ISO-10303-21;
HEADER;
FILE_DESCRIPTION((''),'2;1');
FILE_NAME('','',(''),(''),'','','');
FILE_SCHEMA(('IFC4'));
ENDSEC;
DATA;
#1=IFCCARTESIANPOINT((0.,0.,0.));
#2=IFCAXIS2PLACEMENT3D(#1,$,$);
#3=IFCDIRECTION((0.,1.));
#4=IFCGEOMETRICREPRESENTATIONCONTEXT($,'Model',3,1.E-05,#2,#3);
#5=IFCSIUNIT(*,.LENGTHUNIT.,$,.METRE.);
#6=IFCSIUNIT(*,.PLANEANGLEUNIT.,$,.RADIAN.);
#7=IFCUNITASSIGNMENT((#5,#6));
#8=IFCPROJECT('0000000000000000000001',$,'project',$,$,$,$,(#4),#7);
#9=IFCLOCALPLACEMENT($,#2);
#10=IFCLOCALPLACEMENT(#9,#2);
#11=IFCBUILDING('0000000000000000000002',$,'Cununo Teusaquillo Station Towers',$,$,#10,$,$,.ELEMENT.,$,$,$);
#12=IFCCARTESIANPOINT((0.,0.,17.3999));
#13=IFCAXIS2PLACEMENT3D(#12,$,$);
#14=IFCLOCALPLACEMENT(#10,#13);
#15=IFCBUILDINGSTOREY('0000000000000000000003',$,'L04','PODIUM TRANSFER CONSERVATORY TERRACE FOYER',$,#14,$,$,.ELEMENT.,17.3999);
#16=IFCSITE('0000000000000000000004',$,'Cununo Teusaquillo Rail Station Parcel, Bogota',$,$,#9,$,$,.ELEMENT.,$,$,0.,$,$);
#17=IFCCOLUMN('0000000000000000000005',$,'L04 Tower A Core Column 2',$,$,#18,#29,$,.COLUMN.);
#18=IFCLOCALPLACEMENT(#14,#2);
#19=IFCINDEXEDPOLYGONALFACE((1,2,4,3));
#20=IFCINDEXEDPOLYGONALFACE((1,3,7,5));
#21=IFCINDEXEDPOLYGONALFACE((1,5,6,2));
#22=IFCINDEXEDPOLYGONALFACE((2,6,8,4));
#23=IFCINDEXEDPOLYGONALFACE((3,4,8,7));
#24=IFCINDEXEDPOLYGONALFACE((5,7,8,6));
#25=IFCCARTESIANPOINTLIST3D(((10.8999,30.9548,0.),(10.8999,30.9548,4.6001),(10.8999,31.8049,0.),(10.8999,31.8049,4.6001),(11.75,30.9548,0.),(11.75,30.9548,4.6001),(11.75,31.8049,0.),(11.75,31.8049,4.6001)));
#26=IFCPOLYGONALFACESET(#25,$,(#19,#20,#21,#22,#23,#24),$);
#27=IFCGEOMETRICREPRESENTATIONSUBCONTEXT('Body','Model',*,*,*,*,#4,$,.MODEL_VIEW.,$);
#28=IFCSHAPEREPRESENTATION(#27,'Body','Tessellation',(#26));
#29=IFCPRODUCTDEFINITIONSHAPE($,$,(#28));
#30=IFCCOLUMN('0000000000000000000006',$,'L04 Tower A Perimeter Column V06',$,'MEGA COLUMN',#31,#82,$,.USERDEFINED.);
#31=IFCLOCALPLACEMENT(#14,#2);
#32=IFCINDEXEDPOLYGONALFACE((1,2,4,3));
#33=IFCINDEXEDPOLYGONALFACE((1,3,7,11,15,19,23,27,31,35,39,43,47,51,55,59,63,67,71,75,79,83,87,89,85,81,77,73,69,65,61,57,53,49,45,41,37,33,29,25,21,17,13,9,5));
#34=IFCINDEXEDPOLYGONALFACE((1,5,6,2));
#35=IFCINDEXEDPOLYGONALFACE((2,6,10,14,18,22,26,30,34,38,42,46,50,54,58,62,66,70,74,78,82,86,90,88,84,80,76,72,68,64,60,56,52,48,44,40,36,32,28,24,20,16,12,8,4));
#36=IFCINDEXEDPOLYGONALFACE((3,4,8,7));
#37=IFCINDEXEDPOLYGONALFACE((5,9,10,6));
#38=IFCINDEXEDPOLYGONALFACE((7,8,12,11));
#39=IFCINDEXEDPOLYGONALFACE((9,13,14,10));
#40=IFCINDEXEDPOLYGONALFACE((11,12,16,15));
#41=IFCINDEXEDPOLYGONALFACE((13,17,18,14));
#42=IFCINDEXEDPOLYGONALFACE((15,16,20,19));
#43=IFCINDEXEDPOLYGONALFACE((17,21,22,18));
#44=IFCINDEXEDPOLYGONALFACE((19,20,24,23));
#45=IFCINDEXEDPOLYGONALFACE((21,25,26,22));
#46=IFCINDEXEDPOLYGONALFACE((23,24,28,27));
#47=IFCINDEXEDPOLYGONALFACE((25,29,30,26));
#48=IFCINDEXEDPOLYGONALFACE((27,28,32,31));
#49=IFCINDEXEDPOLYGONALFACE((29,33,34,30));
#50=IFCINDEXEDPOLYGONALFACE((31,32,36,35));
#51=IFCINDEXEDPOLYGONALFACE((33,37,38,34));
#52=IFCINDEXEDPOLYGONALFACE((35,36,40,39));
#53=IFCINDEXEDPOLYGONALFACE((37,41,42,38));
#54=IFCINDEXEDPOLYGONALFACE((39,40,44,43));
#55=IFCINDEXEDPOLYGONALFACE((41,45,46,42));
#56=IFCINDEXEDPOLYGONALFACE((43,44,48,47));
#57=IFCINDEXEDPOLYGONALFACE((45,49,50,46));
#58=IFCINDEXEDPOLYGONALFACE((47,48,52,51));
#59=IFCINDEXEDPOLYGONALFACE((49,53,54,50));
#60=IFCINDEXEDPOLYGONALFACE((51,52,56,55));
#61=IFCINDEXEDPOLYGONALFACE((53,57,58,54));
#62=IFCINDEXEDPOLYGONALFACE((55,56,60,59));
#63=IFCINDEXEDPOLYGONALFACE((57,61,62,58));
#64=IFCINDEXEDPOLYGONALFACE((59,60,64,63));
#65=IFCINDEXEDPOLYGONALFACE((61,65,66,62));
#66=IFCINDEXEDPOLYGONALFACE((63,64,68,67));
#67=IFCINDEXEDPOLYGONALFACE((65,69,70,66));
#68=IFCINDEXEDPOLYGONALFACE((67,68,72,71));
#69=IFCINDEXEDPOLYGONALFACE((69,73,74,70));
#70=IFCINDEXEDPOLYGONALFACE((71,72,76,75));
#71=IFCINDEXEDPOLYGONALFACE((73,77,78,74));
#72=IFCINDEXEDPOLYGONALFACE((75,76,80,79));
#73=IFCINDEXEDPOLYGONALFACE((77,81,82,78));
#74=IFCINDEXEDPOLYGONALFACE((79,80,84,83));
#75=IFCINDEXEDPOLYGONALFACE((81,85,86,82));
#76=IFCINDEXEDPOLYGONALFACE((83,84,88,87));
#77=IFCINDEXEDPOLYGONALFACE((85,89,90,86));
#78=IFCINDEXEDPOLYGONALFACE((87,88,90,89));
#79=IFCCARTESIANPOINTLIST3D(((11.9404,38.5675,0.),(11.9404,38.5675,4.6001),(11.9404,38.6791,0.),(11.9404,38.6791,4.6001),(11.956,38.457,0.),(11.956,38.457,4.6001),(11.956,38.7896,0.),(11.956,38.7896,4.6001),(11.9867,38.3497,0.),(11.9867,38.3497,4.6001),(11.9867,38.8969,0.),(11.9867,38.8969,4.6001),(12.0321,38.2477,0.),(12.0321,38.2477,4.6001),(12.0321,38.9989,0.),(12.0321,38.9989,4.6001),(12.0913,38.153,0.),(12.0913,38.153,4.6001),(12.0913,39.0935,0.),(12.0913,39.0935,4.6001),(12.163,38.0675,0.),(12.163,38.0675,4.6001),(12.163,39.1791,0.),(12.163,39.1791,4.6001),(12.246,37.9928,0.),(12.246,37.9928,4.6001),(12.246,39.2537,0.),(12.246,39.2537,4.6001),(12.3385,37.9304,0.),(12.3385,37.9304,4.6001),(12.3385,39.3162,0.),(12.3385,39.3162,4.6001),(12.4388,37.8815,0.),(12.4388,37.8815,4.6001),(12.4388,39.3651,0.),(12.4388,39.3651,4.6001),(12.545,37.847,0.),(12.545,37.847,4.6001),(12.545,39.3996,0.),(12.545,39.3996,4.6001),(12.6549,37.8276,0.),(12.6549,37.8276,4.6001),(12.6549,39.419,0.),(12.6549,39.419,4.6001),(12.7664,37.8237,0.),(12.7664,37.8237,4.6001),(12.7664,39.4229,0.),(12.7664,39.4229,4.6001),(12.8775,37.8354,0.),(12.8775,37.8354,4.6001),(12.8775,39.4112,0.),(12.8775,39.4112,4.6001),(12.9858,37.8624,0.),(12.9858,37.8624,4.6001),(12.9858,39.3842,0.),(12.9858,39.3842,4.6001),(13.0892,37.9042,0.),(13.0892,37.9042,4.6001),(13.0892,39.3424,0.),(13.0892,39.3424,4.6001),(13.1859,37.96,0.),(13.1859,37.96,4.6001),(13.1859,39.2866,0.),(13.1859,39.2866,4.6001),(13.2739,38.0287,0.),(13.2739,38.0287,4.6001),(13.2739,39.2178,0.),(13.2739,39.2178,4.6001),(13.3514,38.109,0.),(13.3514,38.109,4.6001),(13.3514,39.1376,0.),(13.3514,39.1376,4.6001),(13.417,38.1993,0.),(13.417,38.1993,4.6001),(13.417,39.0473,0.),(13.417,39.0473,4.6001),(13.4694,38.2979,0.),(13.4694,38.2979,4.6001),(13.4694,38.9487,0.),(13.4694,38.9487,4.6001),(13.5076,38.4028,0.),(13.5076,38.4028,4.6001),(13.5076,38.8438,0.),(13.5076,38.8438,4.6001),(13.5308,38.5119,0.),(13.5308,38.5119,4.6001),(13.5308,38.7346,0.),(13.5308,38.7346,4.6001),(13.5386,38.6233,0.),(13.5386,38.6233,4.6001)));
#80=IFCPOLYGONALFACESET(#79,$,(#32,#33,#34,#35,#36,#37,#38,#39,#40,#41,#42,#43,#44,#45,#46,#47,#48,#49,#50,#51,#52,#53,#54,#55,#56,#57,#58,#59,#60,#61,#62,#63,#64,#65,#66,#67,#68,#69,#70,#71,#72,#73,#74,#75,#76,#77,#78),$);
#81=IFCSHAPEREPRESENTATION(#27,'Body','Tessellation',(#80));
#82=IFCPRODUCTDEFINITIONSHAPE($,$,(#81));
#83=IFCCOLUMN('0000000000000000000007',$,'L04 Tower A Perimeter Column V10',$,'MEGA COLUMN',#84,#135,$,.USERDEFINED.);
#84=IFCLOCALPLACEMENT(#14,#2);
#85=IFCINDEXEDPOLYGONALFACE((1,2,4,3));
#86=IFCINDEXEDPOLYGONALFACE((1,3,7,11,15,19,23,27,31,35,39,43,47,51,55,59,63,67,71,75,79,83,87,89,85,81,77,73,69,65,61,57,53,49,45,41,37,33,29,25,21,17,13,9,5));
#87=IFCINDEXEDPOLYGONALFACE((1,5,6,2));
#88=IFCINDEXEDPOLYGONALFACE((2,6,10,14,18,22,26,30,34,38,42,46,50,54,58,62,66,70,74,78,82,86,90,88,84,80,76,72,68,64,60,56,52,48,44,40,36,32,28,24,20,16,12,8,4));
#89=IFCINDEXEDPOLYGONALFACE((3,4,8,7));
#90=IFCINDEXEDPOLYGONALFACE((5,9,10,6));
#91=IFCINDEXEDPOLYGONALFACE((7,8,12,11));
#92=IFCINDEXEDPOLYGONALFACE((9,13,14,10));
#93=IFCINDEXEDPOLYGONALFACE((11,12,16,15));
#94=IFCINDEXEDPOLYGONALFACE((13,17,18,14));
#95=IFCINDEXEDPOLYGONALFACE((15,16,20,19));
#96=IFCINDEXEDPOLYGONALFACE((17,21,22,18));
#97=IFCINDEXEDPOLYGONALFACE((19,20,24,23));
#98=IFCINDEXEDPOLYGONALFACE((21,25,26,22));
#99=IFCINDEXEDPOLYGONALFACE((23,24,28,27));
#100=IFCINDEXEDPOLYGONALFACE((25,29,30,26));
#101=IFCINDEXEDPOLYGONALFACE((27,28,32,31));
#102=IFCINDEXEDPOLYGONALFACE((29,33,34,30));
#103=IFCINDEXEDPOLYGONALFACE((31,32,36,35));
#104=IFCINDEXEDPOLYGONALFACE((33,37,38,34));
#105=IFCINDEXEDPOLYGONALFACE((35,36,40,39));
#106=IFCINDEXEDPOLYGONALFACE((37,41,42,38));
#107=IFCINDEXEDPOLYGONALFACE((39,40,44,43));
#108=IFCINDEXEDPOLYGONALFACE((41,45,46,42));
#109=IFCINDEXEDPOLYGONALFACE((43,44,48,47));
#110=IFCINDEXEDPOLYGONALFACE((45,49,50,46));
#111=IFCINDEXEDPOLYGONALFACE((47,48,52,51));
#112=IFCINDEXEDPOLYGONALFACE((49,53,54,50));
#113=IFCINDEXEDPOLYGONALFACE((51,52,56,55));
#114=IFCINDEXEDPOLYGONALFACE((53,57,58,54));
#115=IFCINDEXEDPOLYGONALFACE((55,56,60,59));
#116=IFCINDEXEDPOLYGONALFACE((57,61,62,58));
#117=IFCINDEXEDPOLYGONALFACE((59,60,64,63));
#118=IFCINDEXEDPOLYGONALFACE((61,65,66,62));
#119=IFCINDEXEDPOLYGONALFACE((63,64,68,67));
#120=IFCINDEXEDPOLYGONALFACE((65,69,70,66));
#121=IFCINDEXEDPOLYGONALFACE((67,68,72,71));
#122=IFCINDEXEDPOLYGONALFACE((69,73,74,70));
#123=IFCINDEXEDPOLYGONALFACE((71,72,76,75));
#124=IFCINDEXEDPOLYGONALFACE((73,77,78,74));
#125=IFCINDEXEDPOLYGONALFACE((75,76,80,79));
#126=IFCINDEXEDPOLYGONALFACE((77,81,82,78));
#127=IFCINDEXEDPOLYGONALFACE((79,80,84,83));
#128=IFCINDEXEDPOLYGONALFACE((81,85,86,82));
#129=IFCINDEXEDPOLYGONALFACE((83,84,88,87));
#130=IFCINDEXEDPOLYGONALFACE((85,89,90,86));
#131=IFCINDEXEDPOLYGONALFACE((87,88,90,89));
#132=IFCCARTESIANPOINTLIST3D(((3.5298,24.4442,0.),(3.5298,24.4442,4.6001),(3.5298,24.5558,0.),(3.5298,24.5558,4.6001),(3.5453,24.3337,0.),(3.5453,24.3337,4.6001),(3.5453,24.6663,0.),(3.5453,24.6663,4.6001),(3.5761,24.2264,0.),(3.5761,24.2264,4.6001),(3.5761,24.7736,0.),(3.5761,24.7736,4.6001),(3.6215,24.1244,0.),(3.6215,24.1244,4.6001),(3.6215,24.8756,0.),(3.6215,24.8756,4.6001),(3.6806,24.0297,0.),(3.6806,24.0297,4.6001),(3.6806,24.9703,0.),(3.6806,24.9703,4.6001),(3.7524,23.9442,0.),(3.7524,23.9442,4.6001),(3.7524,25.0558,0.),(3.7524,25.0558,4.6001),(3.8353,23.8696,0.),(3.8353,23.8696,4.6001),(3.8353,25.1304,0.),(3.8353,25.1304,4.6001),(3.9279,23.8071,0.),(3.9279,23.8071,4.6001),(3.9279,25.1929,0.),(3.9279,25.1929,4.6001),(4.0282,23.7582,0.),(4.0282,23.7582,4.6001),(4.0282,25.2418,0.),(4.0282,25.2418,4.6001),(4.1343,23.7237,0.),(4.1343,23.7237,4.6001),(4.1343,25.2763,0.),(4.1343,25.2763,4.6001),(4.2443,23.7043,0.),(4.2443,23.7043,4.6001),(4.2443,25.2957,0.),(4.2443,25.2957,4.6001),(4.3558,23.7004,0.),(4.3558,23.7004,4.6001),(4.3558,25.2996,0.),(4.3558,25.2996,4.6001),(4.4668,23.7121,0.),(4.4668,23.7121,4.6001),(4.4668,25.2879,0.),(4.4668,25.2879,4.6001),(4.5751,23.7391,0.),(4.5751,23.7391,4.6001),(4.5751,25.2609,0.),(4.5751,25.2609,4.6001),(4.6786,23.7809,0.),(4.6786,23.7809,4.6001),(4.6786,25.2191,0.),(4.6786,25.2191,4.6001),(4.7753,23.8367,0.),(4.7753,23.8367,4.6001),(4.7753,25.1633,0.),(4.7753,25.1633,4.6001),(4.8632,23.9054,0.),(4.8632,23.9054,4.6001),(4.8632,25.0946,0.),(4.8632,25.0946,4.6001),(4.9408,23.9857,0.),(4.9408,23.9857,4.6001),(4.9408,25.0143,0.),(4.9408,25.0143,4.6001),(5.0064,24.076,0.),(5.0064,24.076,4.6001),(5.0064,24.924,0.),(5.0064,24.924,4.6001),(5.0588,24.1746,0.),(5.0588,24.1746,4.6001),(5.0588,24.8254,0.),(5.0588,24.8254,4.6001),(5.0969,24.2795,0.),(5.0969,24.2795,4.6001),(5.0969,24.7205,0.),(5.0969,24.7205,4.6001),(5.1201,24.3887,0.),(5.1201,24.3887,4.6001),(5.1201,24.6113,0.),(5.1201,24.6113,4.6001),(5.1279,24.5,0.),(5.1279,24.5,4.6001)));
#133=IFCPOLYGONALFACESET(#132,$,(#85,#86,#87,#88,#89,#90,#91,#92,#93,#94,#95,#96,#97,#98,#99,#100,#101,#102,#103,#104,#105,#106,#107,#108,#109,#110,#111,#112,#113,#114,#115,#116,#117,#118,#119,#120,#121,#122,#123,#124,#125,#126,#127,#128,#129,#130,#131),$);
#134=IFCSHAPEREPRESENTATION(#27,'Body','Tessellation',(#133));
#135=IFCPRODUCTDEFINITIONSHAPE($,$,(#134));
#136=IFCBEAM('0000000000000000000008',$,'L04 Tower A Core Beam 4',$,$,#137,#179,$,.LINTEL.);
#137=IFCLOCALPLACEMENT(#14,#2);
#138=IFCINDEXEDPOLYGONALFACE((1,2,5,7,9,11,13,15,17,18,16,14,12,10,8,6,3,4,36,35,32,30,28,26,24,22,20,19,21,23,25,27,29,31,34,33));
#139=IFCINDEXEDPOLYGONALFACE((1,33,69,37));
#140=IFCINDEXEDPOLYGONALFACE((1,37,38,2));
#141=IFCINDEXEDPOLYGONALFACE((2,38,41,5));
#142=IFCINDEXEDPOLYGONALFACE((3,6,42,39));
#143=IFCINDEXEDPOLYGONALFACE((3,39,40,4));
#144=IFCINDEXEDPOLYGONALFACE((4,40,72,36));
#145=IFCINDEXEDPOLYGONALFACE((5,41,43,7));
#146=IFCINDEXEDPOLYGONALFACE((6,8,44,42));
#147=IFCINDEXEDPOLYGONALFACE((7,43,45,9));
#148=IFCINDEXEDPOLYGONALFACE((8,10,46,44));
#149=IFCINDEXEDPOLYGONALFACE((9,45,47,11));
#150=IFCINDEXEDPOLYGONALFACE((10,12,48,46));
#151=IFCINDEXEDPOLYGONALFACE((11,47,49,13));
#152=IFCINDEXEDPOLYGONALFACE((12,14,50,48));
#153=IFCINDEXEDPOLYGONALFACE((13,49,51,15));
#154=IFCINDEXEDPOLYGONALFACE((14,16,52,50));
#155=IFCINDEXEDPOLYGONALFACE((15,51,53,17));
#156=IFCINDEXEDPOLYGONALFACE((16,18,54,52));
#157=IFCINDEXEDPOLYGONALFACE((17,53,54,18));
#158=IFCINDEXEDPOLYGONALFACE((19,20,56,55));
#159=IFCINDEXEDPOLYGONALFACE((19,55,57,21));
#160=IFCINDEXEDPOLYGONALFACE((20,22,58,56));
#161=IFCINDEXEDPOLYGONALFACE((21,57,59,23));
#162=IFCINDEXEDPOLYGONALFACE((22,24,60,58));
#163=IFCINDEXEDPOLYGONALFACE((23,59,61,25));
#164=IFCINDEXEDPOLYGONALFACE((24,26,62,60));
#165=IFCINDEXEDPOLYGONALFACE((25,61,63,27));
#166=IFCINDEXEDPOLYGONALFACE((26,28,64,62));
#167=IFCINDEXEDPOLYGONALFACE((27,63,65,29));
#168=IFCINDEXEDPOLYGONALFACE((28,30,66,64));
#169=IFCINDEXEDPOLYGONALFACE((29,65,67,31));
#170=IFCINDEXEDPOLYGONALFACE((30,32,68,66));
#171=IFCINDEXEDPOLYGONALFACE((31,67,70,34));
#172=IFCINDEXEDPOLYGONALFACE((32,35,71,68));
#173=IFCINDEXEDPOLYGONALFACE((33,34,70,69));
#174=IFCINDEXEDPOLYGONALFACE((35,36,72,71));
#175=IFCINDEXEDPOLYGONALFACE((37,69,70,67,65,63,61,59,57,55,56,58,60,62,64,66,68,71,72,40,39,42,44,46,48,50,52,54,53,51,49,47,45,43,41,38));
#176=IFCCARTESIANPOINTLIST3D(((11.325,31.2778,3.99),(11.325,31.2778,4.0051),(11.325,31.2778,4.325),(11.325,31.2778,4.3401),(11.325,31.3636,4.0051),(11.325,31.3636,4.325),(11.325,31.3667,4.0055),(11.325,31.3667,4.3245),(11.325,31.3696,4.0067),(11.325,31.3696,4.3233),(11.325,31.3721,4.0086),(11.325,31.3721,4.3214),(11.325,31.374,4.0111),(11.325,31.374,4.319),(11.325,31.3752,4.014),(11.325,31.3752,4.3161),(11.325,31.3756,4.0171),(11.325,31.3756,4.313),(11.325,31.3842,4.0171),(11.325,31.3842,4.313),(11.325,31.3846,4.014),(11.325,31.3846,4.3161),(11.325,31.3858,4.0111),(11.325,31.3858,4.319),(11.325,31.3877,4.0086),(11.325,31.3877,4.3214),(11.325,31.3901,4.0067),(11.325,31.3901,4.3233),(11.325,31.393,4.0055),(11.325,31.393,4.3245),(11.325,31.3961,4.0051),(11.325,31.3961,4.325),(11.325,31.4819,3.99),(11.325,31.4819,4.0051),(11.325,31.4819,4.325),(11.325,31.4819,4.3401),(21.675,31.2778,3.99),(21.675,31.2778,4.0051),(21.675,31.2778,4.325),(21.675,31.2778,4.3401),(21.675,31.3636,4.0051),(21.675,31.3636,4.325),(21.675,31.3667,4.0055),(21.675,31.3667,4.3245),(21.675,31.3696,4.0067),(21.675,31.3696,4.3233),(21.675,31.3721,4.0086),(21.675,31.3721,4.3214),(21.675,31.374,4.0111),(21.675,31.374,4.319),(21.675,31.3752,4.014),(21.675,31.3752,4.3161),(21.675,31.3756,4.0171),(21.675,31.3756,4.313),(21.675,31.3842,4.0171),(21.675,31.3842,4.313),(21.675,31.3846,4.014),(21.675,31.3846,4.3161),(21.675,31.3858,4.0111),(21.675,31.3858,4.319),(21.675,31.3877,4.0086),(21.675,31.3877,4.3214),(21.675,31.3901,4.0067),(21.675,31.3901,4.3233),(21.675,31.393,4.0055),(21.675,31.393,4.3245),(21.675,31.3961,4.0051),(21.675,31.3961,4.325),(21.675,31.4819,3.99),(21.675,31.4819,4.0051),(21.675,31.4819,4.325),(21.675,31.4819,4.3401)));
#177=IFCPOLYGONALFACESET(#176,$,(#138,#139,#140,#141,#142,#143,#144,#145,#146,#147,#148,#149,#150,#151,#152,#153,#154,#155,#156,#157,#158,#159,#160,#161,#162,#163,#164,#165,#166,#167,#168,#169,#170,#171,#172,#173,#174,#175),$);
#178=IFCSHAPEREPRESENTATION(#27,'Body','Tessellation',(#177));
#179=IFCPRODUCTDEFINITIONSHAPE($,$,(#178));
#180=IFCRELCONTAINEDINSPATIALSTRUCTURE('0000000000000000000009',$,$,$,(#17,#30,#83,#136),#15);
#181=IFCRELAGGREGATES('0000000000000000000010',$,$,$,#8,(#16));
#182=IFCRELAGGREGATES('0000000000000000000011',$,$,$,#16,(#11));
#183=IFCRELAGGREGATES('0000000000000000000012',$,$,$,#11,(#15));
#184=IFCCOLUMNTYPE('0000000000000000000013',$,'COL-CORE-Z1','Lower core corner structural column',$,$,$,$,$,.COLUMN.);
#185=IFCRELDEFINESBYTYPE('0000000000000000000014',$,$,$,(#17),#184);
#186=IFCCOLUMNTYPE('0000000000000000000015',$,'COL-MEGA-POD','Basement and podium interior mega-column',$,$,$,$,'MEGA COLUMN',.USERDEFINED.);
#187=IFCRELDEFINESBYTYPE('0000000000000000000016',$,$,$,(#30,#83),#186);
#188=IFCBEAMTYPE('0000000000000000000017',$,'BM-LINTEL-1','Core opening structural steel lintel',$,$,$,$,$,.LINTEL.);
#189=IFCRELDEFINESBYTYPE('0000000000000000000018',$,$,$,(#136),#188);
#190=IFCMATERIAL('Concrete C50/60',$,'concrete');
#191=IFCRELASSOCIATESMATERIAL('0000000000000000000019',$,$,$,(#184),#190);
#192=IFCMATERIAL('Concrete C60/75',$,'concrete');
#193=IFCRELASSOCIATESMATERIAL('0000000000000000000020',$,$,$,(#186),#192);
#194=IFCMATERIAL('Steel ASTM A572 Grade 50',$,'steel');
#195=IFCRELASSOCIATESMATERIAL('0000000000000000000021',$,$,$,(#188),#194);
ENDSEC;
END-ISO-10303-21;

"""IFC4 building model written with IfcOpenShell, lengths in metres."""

from ifc_helpers import new_model, si_unit, direction, frame, origin, origin_2d, place, context, subcontext, project, spatial, rectangle, circle, i_section, extrude, material, material_profile, profile_set, type_object, element, save


model = new_model("IFC4")

# Units and contexts
model_context = context("Model", 3, precision=1e-05, world=origin(), true_north=direction((0.0, 1.0)))
body_context = subcontext(model_context, "Body", "Model", "MODEL_VIEW")
ifc_project = project(units=[si_unit("LENGTHUNIT", "METRE"), si_unit("PLANEANGLEUNIT", "RADIAN")], contexts=[model_context])

# Site, building, storey
site_placement = place(None, origin())
site = spatial("IfcSite", under=ifc_project, at=site_placement, Name="Cununo Teusaquillo Rail Station Parcel, Bogota", CompositionType="ELEMENT", RefElevation=0.0)
building_placement = place(site_placement, origin())
building = spatial("IfcBuilding", under=site, at=building_placement, Name="Cununo Teusaquillo Station Towers", CompositionType="ELEMENT")
storey_placement = place(building_placement, frame((0.0, 0.0, 17.3999)))
storey = spatial("IfcBuildingStorey", under=building, at=storey_placement, Name="L04", Description="PODIUM TRANSFER CONSERVATORY TERRACE FOYER", CompositionType="ELEMENT", Elevation=17.3999)

# Columns
ifc_material_1 = material(Name="Concrete C50/60", Category="concrete")
ifc_material_profile_1 = material_profile(ifc_material_1, rectangle(XDim=0.8501, YDim=0.8501, at=origin_2d()), Name="RC-RECT-850x850")
ifc_profile_set_1 = profile_set([ifc_material_profile_1], Name="Concrete C50/60")
column_type_1 = type_object("IfcColumnType", Name="COL-CORE-Z1", Description="Lower core corner structural column", PredefinedType="COLUMN", material=ifc_profile_set_1)
column_placement = place(storey_placement, frame((11.325, 31.3799, 0.0), z_axis=(0.0, 0.0, 1.0), x_axis=(1.0, 0.0, 0.0)))
element("IfcColumn", 1, at=column_placement, inside=storey, type_object=column_type_1, Name="L04 Tower A Core Column 2", PredefinedType="COLUMN", context=body_context, shape_type="SweptSolid", body=[
    extrude(rectangle(XDim=0.8501, YDim=0.8501, at=origin_2d()), origin(), (0.0, 0.0, 1.0), 4.6001),
])
ifc_material_2 = material(Name="Concrete C60/75", Category="concrete")
ifc_material_profile_2 = material_profile(ifc_material_2, circle(Radius=0.8, at=origin_2d()), Name="RC-CIRC-1600")
ifc_profile_set_2 = profile_set([ifc_material_profile_2], Name="Concrete C60/75")
column_type_2 = type_object("IfcColumnType", Name="COL-MEGA-POD", Description="Basement and podium interior mega-column", ElementType="MEGA COLUMN", PredefinedType="USERDEFINED", material=ifc_profile_set_2)
for number, where, z_axis, x_axis, name in (
    (2, (12.7385, 38.6233, 0.0), (0.0, 0.0, 1.0), (1.0, 0.0, 0.0), "L04 Tower A Perimeter Column V06"),
    (3, (4.3279, 24.5, 0.0), (0.0, 0.0, 1.0), (1.0, 0.0, 0.0), "L04 Tower A Perimeter Column V10"),
):
    element("IfcColumn", number, at=place(storey_placement, frame(where, z_axis=z_axis, x_axis=x_axis)), inside=storey, type_object=column_type_2, Name=name, ObjectType="MEGA COLUMN", PredefinedType="USERDEFINED", context=body_context, shape_type="SweptSolid", body=[
        extrude(circle(Radius=0.8, at=origin_2d()), origin(), (0.0, 0.0, 1.0), 4.6001),
    ])

# Beam
ifc_material_3 = material(Name="Steel ASTM A572 Grade 50", Category="steel")
ifc_material_profile_3 = material_profile(ifc_material_3, i_section(OverallWidth=0.2041, OverallDepth=0.3501, WebThickness=0.0085, FlangeThickness=0.0151, FilletRadius=0.012, at=origin_2d()), Name="W14X48")
ifc_profile_set_3 = profile_set([ifc_material_profile_3], Name="Steel ASTM A572 Grade 50")
beam_type_1 = type_object("IfcBeamType", Name="BM-LINTEL-1", Description="Core opening structural steel lintel", PredefinedType="LINTEL", material=ifc_profile_set_3)
beam_1_placement = place(storey_placement, frame((11.325, 31.3799, 4.165), z_axis=(1.0, 0.0, 0.0), x_axis=(0.0, 1.0, 0.0)))
element("IfcBeam", 4, at=beam_1_placement, inside=storey, type_object=beam_type_1, Name="L04 Tower A Core Beam 4", PredefinedType="LINTEL", context=body_context, shape_type="SweptSolid", body=[
    extrude(i_section(OverallWidth=0.2041, OverallDepth=0.3501, WebThickness=0.0085, FlangeThickness=0.0151, FilletRadius=0.012, at=origin_2d()), origin(), (0.0, 0.0, 1.0), 10.3501),
])

save(model, "model.ifc")
